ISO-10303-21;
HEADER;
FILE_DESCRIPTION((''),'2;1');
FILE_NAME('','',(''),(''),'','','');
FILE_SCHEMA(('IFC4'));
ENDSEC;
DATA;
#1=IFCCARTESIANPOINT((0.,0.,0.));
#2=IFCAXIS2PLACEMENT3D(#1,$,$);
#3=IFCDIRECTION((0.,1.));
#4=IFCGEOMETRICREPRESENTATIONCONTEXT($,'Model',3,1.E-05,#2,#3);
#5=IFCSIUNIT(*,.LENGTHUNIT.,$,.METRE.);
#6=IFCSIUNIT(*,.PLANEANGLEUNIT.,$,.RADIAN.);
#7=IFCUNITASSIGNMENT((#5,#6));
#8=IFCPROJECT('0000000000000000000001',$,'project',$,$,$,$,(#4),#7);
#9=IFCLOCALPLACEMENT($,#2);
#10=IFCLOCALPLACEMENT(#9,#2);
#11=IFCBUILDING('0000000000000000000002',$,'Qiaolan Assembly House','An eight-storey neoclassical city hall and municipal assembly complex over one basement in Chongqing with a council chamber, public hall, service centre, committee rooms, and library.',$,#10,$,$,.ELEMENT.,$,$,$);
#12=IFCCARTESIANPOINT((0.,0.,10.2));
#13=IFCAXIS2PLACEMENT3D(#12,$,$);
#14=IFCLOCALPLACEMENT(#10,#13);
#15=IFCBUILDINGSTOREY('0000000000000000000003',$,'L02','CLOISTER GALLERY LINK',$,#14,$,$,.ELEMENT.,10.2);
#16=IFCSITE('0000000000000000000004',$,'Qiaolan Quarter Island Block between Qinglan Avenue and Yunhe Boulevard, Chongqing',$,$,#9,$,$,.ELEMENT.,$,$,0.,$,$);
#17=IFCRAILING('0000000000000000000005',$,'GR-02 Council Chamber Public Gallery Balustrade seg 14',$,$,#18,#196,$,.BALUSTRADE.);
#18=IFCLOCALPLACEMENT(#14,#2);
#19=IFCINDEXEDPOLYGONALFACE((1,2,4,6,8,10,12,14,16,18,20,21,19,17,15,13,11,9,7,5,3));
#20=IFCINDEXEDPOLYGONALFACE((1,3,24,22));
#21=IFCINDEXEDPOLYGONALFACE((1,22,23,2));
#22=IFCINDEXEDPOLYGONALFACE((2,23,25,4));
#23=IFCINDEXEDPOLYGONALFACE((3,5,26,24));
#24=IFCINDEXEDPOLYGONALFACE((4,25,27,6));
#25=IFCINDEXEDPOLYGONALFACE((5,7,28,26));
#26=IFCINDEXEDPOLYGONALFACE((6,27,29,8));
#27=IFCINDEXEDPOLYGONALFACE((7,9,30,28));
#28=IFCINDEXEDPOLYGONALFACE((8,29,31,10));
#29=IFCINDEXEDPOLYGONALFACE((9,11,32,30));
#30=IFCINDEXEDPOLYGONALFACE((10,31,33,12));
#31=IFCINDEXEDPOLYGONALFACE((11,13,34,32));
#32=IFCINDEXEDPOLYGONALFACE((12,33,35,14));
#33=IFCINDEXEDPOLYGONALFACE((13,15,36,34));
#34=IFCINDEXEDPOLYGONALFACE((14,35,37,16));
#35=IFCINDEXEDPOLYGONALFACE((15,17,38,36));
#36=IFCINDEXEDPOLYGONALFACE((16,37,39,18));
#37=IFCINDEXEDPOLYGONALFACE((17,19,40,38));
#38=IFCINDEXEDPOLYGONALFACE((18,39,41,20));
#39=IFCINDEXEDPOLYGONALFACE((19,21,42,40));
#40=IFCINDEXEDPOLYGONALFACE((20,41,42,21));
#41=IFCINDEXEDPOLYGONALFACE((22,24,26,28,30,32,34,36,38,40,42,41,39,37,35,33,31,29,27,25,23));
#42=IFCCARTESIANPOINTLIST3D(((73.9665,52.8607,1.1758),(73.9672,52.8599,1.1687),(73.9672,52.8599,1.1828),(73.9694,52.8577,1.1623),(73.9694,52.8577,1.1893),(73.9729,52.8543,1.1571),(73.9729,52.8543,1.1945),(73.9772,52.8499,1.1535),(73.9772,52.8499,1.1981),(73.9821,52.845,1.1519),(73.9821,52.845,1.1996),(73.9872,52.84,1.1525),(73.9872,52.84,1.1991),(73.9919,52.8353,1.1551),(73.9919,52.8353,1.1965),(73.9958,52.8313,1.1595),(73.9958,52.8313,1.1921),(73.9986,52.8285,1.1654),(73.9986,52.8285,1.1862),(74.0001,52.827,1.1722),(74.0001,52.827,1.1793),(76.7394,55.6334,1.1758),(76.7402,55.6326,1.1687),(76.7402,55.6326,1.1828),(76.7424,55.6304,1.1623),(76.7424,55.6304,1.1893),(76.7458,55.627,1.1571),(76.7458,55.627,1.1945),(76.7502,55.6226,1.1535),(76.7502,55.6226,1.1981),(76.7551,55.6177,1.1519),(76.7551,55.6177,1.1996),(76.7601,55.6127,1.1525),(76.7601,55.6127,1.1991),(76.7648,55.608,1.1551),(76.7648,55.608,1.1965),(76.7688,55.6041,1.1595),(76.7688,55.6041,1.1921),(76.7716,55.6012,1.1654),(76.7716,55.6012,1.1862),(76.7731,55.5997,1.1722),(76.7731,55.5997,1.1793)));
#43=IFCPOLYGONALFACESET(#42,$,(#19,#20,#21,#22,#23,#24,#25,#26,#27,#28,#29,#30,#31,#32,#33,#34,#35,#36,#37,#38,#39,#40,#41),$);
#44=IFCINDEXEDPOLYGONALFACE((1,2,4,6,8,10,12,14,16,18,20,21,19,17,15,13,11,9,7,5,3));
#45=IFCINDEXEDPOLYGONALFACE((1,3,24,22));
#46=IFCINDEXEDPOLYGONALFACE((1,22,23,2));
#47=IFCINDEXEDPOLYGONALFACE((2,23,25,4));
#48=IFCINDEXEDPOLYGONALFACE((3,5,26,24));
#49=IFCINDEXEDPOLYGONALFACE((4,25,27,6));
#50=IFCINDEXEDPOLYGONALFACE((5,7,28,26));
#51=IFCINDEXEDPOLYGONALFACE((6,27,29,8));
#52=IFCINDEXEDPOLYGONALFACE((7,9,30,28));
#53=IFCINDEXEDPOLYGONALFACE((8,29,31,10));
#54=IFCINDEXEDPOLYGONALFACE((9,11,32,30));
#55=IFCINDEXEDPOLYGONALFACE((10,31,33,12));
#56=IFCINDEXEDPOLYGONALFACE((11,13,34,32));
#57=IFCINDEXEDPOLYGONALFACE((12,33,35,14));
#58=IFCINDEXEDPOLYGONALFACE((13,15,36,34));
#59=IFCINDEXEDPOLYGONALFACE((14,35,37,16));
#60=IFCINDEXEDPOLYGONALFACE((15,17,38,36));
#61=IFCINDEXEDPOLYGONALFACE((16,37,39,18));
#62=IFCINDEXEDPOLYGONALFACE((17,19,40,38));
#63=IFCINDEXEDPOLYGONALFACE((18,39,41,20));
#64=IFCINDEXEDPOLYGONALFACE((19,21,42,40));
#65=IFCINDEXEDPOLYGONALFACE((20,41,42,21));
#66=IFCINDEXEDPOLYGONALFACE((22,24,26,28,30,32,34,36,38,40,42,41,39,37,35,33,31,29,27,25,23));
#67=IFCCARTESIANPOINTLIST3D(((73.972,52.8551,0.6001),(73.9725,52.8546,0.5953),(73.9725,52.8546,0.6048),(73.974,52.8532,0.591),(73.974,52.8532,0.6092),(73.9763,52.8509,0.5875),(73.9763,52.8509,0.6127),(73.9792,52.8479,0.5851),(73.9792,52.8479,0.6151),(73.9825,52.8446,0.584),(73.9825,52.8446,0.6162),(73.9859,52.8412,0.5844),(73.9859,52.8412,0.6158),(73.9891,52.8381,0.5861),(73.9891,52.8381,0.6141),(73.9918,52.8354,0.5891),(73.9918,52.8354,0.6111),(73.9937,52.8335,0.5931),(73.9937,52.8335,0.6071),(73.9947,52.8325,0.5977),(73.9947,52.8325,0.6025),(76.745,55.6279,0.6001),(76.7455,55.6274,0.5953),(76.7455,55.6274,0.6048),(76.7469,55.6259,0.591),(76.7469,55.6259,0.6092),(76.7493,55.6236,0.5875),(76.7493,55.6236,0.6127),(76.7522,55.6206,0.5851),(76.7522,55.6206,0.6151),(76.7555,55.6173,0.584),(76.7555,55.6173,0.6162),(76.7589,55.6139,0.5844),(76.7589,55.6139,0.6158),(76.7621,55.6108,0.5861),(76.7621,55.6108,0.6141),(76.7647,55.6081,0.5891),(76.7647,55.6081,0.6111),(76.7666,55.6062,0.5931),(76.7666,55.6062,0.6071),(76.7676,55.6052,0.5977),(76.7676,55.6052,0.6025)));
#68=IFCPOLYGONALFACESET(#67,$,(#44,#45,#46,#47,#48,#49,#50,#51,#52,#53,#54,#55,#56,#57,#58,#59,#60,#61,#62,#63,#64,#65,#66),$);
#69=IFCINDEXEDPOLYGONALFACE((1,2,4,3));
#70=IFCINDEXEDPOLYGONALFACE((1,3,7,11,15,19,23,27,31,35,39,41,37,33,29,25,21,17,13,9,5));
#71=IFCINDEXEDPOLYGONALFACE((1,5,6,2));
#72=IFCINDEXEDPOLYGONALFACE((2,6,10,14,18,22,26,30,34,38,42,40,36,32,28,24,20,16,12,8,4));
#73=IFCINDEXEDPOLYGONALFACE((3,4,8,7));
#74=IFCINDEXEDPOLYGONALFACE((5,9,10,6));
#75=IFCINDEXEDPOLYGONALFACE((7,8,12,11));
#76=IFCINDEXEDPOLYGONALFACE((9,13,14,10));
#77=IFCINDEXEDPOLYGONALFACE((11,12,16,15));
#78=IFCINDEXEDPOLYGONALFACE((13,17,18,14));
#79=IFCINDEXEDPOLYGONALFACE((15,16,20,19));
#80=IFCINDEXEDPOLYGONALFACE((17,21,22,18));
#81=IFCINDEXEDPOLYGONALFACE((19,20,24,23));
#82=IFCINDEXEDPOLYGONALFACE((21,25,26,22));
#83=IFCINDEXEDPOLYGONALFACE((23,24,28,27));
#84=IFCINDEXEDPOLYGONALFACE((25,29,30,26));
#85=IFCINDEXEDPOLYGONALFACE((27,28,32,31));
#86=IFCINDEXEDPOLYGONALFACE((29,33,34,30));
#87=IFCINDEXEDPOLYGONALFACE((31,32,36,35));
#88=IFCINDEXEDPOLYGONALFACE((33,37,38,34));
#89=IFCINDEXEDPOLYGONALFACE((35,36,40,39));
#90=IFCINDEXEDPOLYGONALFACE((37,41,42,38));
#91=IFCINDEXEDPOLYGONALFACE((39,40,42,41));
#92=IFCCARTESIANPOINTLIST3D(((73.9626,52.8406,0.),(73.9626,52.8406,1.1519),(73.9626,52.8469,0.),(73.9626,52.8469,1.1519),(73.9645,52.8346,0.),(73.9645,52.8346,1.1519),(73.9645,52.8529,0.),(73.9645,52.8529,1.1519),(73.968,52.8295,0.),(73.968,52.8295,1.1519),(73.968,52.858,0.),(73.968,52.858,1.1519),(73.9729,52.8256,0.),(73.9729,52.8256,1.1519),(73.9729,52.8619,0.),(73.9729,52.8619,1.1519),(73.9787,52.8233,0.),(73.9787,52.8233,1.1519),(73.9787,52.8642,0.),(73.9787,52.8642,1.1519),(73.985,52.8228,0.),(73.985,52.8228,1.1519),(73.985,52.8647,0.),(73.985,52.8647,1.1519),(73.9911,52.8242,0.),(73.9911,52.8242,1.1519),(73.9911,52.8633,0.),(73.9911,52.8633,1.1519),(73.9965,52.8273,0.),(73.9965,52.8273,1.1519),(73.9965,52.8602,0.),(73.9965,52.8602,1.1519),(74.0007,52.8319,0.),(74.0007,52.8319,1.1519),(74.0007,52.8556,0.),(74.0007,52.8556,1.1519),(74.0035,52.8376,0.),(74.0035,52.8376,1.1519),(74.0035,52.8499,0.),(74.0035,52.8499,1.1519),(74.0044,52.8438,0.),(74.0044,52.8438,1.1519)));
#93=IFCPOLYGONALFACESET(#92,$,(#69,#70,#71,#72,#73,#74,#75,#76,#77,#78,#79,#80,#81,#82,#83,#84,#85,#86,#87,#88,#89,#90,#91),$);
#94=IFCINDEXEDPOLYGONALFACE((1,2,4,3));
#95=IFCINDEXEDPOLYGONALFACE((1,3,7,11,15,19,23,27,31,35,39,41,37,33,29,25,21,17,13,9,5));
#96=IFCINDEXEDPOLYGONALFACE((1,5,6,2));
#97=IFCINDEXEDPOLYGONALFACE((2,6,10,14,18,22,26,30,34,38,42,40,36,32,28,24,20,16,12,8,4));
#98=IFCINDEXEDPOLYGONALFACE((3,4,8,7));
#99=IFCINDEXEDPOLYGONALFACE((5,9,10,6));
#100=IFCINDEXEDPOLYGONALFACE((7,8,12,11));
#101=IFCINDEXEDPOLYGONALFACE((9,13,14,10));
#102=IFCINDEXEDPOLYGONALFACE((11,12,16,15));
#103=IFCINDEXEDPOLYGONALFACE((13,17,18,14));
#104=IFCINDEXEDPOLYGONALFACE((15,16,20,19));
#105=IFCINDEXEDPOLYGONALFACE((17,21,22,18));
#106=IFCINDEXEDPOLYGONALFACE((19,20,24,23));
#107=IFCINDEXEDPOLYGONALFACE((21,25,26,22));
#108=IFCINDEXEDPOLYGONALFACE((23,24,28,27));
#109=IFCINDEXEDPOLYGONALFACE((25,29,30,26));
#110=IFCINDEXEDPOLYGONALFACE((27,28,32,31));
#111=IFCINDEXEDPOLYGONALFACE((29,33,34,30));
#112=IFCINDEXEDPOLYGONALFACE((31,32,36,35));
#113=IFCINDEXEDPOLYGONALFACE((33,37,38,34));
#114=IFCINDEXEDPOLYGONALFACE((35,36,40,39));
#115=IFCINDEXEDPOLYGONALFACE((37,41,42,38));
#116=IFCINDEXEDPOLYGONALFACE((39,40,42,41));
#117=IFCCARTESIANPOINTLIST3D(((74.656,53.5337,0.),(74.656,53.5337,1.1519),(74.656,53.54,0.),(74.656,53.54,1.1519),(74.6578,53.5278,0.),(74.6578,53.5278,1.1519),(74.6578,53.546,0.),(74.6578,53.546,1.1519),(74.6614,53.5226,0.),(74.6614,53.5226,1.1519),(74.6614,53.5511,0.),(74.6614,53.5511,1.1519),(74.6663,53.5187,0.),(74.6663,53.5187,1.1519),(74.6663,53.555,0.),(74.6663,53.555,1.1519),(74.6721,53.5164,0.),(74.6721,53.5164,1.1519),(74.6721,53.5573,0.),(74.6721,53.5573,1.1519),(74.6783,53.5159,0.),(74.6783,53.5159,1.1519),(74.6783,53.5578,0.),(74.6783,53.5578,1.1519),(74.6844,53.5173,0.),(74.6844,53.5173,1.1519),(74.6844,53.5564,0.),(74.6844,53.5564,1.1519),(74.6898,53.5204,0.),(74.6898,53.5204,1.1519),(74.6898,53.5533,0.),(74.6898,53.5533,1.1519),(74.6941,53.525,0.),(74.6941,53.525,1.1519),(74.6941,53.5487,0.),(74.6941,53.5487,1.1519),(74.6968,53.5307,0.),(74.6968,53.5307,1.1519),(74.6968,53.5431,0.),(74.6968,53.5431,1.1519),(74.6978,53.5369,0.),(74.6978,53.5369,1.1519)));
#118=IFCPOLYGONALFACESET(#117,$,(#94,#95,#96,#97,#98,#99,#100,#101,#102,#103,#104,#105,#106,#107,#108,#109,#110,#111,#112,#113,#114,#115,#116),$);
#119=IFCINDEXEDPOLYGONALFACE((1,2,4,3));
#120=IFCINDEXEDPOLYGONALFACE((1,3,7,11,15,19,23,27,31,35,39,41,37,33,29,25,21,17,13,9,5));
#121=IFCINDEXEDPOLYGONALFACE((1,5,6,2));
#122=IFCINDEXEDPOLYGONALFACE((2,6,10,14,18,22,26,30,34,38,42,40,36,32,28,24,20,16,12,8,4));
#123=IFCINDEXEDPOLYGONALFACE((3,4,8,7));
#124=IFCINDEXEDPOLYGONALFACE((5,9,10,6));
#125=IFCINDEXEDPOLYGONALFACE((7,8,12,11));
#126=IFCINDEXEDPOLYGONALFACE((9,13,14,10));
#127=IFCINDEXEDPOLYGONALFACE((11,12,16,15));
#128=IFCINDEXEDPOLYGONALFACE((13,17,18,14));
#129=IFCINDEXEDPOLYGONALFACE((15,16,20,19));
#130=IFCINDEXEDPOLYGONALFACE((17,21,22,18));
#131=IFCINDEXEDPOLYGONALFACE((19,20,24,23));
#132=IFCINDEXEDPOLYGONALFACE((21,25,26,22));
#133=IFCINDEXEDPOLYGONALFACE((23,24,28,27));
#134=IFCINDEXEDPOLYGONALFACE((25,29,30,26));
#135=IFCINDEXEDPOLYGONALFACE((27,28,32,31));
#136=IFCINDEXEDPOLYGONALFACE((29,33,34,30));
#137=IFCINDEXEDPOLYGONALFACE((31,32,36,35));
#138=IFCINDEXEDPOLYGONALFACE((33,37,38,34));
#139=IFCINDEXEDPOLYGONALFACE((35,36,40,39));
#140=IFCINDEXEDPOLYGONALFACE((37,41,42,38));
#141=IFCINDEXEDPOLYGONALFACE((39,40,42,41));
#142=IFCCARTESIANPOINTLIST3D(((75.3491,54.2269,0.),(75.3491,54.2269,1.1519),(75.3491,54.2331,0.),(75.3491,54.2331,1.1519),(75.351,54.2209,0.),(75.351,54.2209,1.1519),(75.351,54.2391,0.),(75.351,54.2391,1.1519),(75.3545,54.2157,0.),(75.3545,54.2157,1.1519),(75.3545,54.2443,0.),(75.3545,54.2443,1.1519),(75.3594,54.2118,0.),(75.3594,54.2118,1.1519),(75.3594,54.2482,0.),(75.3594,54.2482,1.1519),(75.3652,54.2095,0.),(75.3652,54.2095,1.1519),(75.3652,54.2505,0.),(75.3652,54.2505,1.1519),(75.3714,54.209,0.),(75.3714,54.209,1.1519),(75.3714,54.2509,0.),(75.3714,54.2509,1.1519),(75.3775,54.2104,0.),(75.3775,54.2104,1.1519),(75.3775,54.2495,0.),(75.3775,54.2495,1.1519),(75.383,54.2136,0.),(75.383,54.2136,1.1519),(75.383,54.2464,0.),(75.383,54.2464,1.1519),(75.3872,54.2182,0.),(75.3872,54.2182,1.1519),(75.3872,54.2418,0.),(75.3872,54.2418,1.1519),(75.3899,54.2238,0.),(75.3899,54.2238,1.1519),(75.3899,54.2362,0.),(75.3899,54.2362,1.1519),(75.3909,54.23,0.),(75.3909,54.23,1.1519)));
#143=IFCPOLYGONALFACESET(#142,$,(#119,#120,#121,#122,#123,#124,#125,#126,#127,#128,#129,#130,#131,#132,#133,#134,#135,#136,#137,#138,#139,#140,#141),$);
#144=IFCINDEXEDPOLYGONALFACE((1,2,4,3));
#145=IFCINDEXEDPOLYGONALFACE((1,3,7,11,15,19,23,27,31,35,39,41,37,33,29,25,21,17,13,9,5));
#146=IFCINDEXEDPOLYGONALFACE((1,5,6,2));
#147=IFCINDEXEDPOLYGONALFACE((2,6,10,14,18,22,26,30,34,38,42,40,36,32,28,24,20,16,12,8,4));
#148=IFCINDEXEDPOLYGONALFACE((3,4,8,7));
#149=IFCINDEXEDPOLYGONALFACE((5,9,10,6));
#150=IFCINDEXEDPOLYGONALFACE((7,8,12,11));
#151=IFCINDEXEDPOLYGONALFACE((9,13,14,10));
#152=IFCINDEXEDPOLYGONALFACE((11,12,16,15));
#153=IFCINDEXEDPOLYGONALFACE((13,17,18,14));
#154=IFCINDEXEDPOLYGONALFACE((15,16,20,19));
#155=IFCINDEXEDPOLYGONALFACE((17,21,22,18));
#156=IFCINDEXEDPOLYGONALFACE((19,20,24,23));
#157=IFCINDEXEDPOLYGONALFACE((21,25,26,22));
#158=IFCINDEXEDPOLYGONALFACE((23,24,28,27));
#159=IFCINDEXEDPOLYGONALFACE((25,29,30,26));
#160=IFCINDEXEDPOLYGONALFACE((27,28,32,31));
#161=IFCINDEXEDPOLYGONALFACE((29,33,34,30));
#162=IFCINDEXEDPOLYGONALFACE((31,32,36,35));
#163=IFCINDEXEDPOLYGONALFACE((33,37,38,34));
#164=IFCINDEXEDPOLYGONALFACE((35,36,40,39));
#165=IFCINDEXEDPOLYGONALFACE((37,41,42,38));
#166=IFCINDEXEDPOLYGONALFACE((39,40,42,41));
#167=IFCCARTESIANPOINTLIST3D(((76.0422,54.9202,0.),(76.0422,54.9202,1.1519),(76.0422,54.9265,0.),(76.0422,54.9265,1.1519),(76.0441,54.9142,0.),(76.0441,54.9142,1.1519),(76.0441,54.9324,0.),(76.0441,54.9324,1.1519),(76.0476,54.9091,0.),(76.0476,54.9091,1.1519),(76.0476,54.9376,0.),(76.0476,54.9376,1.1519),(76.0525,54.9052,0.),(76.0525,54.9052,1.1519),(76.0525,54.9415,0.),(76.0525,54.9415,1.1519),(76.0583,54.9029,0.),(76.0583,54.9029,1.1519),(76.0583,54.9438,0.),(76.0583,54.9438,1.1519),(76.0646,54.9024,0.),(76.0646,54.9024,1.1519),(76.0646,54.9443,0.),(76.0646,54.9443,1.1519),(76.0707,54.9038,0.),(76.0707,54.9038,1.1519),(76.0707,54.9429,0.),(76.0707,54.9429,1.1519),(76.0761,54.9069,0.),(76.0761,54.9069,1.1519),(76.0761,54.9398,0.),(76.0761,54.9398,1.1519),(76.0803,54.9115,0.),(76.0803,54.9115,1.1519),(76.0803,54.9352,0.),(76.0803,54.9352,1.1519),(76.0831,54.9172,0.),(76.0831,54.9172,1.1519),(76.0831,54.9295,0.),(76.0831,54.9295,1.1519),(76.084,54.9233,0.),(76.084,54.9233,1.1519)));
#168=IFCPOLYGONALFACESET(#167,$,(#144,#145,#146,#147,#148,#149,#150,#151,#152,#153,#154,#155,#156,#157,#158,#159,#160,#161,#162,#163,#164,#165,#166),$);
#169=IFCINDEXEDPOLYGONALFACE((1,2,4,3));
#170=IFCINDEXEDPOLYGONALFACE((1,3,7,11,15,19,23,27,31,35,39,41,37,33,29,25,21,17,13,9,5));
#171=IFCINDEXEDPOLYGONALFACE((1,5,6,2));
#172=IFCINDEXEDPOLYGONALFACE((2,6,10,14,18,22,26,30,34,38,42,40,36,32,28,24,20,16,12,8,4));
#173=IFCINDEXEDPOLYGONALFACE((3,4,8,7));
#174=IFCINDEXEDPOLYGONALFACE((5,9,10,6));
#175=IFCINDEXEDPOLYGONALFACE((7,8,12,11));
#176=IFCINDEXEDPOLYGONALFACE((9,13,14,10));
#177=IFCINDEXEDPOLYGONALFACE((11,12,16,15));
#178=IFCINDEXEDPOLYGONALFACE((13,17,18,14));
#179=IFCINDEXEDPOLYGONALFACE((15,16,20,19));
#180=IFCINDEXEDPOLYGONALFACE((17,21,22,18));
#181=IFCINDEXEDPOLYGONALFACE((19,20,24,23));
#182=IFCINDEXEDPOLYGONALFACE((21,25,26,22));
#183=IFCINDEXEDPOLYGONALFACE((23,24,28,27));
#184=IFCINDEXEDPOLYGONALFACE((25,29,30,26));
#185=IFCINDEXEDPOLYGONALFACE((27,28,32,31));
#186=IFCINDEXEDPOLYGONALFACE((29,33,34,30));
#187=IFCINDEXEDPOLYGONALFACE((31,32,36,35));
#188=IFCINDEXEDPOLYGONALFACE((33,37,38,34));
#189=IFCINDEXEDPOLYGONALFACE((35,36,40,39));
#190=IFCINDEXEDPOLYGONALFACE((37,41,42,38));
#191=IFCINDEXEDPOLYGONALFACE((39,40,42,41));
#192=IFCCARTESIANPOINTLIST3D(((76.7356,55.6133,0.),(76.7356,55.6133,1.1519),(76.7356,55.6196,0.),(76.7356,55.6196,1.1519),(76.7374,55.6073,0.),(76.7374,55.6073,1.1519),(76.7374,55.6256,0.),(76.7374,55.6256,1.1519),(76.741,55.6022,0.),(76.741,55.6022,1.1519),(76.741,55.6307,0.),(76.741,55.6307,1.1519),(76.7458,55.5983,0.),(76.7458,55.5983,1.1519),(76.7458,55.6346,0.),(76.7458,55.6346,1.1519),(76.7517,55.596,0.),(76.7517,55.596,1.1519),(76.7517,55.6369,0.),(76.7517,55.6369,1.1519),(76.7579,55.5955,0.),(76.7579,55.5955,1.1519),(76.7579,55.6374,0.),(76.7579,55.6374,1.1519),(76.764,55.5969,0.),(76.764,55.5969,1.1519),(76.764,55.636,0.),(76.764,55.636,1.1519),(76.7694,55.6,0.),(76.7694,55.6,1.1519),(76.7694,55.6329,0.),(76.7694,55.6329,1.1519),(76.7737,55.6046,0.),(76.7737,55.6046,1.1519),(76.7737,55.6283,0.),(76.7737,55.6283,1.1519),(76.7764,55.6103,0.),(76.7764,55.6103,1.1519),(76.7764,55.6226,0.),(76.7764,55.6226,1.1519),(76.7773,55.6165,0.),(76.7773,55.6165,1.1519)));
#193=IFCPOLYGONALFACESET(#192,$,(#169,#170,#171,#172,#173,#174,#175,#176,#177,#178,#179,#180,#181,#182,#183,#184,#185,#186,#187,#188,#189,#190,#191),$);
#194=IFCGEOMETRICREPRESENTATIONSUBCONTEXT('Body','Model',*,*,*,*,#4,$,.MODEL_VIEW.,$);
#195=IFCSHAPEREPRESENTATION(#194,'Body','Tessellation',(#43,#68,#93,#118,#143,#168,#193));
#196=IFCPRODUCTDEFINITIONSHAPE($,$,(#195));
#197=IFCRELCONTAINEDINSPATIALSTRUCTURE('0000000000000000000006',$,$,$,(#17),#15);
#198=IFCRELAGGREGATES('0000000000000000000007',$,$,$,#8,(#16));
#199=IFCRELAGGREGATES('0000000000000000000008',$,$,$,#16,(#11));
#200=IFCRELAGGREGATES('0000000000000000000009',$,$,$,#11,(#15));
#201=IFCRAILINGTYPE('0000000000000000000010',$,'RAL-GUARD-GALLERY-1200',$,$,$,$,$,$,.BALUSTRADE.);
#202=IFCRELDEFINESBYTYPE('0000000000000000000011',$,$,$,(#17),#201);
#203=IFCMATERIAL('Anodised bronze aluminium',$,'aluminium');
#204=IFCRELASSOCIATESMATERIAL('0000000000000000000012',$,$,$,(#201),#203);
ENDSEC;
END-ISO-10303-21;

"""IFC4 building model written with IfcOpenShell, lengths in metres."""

from ifc_helpers import new_model, si_unit, direction, frame, origin, origin_2d, place, context, subcontext, project, spatial, circle, extrude, material, type_object, element, save


model = new_model("IFC4")

# Units and contexts
model_context = context("Model", 3, precision=1e-05, world=origin(), true_north=direction((0.0, 1.0)))
body_context = subcontext(model_context, "Body", "Model", "MODEL_VIEW")
ifc_project = project(units=[si_unit("LENGTHUNIT", "METRE"), si_unit("PLANEANGLEUNIT", "RADIAN")], contexts=[model_context])

# Site, building, storey
site_placement = place(None, origin())
site = spatial("IfcSite", under=ifc_project, at=site_placement, Name="Qiaolan Quarter Island Block between Qinglan Avenue and Yunhe Boulevard, Chongqing", CompositionType="ELEMENT", RefElevation=0.0)
building_placement = place(site_placement, origin())
building = spatial("IfcBuilding", under=site, at=building_placement, Name="Qiaolan Assembly House", Description="An eight-storey neoclassical city hall and municipal assembly complex over one basement in Chongqing with a council chamber, public hall, service centre, committee rooms, and library.", CompositionType="ELEMENT")
storey_placement = place(building_placement, frame((0.0, 0.0, 10.2)))
storey = spatial("IfcBuildingStorey", under=building, at=storey_placement, Name="L02", Description="CLOISTER GALLERY LINK", CompositionType="ELEMENT", Elevation=10.2)

# Railing
ifc_material_1 = material(Name="Anodised bronze aluminium", Category="aluminium")
railing_type = type_object("IfcRailingType", Name="RAL-GUARD-GALLERY-1200", PredefinedType="BALUSTRADE", material=ifc_material_1)
railing_1_placement = place(storey_placement, frame((73.9834, 52.8438, 0.0)))
element("IfcRailing", 1, at=railing_1_placement, inside=storey, type_object=railing_type, Name="GR-02 Council Chamber Public Gallery Balustrade seg 14", PredefinedType="BALUSTRADE", context=body_context, shape_type="SweptSolid", body=[
    extrude(circle(Radius=0.0239, at=origin_2d()), frame((0.0, 0.0, 1.1758), z_axis=(0.707138, 0.707076, 0.0), x_axis=(-0.707076, 0.707138, 0.0)), (0.0, 0.0, 1.0), 3.9214),
    extrude(circle(Radius=0.0161, at=origin_2d()), frame((0.0, 0.0, 0.6001), z_axis=(0.707138, 0.707076, 0.0), x_axis=(-0.707076, 0.707138, 0.0)), (0.0, 0.0, 1.0), 3.9214),
    extrude(circle(Radius=0.021, at=origin_2d()), origin(), (0.0, 0.0, 1.0), 1.1519),
    extrude(circle(Radius=0.021, at=origin_2d()), frame((0.6934, 0.6931, 0.0)), (0.0, 0.0, 1.0), 1.1519),
    extrude(circle(Radius=0.021, at=origin_2d()), frame((1.3865, 1.3862, 0.0)), (0.0, 0.0, 1.0), 1.1519),
    extrude(circle(Radius=0.021, at=origin_2d()), frame((2.0796, 2.0796, 0.0)), (0.0, 0.0, 1.0), 1.1519),
    extrude(circle(Radius=0.021, at=origin_2d()), frame((2.7729, 2.7727, 0.0)), (0.0, 0.0, 1.0), 1.1519),
])

save(model, "model.ifc")
